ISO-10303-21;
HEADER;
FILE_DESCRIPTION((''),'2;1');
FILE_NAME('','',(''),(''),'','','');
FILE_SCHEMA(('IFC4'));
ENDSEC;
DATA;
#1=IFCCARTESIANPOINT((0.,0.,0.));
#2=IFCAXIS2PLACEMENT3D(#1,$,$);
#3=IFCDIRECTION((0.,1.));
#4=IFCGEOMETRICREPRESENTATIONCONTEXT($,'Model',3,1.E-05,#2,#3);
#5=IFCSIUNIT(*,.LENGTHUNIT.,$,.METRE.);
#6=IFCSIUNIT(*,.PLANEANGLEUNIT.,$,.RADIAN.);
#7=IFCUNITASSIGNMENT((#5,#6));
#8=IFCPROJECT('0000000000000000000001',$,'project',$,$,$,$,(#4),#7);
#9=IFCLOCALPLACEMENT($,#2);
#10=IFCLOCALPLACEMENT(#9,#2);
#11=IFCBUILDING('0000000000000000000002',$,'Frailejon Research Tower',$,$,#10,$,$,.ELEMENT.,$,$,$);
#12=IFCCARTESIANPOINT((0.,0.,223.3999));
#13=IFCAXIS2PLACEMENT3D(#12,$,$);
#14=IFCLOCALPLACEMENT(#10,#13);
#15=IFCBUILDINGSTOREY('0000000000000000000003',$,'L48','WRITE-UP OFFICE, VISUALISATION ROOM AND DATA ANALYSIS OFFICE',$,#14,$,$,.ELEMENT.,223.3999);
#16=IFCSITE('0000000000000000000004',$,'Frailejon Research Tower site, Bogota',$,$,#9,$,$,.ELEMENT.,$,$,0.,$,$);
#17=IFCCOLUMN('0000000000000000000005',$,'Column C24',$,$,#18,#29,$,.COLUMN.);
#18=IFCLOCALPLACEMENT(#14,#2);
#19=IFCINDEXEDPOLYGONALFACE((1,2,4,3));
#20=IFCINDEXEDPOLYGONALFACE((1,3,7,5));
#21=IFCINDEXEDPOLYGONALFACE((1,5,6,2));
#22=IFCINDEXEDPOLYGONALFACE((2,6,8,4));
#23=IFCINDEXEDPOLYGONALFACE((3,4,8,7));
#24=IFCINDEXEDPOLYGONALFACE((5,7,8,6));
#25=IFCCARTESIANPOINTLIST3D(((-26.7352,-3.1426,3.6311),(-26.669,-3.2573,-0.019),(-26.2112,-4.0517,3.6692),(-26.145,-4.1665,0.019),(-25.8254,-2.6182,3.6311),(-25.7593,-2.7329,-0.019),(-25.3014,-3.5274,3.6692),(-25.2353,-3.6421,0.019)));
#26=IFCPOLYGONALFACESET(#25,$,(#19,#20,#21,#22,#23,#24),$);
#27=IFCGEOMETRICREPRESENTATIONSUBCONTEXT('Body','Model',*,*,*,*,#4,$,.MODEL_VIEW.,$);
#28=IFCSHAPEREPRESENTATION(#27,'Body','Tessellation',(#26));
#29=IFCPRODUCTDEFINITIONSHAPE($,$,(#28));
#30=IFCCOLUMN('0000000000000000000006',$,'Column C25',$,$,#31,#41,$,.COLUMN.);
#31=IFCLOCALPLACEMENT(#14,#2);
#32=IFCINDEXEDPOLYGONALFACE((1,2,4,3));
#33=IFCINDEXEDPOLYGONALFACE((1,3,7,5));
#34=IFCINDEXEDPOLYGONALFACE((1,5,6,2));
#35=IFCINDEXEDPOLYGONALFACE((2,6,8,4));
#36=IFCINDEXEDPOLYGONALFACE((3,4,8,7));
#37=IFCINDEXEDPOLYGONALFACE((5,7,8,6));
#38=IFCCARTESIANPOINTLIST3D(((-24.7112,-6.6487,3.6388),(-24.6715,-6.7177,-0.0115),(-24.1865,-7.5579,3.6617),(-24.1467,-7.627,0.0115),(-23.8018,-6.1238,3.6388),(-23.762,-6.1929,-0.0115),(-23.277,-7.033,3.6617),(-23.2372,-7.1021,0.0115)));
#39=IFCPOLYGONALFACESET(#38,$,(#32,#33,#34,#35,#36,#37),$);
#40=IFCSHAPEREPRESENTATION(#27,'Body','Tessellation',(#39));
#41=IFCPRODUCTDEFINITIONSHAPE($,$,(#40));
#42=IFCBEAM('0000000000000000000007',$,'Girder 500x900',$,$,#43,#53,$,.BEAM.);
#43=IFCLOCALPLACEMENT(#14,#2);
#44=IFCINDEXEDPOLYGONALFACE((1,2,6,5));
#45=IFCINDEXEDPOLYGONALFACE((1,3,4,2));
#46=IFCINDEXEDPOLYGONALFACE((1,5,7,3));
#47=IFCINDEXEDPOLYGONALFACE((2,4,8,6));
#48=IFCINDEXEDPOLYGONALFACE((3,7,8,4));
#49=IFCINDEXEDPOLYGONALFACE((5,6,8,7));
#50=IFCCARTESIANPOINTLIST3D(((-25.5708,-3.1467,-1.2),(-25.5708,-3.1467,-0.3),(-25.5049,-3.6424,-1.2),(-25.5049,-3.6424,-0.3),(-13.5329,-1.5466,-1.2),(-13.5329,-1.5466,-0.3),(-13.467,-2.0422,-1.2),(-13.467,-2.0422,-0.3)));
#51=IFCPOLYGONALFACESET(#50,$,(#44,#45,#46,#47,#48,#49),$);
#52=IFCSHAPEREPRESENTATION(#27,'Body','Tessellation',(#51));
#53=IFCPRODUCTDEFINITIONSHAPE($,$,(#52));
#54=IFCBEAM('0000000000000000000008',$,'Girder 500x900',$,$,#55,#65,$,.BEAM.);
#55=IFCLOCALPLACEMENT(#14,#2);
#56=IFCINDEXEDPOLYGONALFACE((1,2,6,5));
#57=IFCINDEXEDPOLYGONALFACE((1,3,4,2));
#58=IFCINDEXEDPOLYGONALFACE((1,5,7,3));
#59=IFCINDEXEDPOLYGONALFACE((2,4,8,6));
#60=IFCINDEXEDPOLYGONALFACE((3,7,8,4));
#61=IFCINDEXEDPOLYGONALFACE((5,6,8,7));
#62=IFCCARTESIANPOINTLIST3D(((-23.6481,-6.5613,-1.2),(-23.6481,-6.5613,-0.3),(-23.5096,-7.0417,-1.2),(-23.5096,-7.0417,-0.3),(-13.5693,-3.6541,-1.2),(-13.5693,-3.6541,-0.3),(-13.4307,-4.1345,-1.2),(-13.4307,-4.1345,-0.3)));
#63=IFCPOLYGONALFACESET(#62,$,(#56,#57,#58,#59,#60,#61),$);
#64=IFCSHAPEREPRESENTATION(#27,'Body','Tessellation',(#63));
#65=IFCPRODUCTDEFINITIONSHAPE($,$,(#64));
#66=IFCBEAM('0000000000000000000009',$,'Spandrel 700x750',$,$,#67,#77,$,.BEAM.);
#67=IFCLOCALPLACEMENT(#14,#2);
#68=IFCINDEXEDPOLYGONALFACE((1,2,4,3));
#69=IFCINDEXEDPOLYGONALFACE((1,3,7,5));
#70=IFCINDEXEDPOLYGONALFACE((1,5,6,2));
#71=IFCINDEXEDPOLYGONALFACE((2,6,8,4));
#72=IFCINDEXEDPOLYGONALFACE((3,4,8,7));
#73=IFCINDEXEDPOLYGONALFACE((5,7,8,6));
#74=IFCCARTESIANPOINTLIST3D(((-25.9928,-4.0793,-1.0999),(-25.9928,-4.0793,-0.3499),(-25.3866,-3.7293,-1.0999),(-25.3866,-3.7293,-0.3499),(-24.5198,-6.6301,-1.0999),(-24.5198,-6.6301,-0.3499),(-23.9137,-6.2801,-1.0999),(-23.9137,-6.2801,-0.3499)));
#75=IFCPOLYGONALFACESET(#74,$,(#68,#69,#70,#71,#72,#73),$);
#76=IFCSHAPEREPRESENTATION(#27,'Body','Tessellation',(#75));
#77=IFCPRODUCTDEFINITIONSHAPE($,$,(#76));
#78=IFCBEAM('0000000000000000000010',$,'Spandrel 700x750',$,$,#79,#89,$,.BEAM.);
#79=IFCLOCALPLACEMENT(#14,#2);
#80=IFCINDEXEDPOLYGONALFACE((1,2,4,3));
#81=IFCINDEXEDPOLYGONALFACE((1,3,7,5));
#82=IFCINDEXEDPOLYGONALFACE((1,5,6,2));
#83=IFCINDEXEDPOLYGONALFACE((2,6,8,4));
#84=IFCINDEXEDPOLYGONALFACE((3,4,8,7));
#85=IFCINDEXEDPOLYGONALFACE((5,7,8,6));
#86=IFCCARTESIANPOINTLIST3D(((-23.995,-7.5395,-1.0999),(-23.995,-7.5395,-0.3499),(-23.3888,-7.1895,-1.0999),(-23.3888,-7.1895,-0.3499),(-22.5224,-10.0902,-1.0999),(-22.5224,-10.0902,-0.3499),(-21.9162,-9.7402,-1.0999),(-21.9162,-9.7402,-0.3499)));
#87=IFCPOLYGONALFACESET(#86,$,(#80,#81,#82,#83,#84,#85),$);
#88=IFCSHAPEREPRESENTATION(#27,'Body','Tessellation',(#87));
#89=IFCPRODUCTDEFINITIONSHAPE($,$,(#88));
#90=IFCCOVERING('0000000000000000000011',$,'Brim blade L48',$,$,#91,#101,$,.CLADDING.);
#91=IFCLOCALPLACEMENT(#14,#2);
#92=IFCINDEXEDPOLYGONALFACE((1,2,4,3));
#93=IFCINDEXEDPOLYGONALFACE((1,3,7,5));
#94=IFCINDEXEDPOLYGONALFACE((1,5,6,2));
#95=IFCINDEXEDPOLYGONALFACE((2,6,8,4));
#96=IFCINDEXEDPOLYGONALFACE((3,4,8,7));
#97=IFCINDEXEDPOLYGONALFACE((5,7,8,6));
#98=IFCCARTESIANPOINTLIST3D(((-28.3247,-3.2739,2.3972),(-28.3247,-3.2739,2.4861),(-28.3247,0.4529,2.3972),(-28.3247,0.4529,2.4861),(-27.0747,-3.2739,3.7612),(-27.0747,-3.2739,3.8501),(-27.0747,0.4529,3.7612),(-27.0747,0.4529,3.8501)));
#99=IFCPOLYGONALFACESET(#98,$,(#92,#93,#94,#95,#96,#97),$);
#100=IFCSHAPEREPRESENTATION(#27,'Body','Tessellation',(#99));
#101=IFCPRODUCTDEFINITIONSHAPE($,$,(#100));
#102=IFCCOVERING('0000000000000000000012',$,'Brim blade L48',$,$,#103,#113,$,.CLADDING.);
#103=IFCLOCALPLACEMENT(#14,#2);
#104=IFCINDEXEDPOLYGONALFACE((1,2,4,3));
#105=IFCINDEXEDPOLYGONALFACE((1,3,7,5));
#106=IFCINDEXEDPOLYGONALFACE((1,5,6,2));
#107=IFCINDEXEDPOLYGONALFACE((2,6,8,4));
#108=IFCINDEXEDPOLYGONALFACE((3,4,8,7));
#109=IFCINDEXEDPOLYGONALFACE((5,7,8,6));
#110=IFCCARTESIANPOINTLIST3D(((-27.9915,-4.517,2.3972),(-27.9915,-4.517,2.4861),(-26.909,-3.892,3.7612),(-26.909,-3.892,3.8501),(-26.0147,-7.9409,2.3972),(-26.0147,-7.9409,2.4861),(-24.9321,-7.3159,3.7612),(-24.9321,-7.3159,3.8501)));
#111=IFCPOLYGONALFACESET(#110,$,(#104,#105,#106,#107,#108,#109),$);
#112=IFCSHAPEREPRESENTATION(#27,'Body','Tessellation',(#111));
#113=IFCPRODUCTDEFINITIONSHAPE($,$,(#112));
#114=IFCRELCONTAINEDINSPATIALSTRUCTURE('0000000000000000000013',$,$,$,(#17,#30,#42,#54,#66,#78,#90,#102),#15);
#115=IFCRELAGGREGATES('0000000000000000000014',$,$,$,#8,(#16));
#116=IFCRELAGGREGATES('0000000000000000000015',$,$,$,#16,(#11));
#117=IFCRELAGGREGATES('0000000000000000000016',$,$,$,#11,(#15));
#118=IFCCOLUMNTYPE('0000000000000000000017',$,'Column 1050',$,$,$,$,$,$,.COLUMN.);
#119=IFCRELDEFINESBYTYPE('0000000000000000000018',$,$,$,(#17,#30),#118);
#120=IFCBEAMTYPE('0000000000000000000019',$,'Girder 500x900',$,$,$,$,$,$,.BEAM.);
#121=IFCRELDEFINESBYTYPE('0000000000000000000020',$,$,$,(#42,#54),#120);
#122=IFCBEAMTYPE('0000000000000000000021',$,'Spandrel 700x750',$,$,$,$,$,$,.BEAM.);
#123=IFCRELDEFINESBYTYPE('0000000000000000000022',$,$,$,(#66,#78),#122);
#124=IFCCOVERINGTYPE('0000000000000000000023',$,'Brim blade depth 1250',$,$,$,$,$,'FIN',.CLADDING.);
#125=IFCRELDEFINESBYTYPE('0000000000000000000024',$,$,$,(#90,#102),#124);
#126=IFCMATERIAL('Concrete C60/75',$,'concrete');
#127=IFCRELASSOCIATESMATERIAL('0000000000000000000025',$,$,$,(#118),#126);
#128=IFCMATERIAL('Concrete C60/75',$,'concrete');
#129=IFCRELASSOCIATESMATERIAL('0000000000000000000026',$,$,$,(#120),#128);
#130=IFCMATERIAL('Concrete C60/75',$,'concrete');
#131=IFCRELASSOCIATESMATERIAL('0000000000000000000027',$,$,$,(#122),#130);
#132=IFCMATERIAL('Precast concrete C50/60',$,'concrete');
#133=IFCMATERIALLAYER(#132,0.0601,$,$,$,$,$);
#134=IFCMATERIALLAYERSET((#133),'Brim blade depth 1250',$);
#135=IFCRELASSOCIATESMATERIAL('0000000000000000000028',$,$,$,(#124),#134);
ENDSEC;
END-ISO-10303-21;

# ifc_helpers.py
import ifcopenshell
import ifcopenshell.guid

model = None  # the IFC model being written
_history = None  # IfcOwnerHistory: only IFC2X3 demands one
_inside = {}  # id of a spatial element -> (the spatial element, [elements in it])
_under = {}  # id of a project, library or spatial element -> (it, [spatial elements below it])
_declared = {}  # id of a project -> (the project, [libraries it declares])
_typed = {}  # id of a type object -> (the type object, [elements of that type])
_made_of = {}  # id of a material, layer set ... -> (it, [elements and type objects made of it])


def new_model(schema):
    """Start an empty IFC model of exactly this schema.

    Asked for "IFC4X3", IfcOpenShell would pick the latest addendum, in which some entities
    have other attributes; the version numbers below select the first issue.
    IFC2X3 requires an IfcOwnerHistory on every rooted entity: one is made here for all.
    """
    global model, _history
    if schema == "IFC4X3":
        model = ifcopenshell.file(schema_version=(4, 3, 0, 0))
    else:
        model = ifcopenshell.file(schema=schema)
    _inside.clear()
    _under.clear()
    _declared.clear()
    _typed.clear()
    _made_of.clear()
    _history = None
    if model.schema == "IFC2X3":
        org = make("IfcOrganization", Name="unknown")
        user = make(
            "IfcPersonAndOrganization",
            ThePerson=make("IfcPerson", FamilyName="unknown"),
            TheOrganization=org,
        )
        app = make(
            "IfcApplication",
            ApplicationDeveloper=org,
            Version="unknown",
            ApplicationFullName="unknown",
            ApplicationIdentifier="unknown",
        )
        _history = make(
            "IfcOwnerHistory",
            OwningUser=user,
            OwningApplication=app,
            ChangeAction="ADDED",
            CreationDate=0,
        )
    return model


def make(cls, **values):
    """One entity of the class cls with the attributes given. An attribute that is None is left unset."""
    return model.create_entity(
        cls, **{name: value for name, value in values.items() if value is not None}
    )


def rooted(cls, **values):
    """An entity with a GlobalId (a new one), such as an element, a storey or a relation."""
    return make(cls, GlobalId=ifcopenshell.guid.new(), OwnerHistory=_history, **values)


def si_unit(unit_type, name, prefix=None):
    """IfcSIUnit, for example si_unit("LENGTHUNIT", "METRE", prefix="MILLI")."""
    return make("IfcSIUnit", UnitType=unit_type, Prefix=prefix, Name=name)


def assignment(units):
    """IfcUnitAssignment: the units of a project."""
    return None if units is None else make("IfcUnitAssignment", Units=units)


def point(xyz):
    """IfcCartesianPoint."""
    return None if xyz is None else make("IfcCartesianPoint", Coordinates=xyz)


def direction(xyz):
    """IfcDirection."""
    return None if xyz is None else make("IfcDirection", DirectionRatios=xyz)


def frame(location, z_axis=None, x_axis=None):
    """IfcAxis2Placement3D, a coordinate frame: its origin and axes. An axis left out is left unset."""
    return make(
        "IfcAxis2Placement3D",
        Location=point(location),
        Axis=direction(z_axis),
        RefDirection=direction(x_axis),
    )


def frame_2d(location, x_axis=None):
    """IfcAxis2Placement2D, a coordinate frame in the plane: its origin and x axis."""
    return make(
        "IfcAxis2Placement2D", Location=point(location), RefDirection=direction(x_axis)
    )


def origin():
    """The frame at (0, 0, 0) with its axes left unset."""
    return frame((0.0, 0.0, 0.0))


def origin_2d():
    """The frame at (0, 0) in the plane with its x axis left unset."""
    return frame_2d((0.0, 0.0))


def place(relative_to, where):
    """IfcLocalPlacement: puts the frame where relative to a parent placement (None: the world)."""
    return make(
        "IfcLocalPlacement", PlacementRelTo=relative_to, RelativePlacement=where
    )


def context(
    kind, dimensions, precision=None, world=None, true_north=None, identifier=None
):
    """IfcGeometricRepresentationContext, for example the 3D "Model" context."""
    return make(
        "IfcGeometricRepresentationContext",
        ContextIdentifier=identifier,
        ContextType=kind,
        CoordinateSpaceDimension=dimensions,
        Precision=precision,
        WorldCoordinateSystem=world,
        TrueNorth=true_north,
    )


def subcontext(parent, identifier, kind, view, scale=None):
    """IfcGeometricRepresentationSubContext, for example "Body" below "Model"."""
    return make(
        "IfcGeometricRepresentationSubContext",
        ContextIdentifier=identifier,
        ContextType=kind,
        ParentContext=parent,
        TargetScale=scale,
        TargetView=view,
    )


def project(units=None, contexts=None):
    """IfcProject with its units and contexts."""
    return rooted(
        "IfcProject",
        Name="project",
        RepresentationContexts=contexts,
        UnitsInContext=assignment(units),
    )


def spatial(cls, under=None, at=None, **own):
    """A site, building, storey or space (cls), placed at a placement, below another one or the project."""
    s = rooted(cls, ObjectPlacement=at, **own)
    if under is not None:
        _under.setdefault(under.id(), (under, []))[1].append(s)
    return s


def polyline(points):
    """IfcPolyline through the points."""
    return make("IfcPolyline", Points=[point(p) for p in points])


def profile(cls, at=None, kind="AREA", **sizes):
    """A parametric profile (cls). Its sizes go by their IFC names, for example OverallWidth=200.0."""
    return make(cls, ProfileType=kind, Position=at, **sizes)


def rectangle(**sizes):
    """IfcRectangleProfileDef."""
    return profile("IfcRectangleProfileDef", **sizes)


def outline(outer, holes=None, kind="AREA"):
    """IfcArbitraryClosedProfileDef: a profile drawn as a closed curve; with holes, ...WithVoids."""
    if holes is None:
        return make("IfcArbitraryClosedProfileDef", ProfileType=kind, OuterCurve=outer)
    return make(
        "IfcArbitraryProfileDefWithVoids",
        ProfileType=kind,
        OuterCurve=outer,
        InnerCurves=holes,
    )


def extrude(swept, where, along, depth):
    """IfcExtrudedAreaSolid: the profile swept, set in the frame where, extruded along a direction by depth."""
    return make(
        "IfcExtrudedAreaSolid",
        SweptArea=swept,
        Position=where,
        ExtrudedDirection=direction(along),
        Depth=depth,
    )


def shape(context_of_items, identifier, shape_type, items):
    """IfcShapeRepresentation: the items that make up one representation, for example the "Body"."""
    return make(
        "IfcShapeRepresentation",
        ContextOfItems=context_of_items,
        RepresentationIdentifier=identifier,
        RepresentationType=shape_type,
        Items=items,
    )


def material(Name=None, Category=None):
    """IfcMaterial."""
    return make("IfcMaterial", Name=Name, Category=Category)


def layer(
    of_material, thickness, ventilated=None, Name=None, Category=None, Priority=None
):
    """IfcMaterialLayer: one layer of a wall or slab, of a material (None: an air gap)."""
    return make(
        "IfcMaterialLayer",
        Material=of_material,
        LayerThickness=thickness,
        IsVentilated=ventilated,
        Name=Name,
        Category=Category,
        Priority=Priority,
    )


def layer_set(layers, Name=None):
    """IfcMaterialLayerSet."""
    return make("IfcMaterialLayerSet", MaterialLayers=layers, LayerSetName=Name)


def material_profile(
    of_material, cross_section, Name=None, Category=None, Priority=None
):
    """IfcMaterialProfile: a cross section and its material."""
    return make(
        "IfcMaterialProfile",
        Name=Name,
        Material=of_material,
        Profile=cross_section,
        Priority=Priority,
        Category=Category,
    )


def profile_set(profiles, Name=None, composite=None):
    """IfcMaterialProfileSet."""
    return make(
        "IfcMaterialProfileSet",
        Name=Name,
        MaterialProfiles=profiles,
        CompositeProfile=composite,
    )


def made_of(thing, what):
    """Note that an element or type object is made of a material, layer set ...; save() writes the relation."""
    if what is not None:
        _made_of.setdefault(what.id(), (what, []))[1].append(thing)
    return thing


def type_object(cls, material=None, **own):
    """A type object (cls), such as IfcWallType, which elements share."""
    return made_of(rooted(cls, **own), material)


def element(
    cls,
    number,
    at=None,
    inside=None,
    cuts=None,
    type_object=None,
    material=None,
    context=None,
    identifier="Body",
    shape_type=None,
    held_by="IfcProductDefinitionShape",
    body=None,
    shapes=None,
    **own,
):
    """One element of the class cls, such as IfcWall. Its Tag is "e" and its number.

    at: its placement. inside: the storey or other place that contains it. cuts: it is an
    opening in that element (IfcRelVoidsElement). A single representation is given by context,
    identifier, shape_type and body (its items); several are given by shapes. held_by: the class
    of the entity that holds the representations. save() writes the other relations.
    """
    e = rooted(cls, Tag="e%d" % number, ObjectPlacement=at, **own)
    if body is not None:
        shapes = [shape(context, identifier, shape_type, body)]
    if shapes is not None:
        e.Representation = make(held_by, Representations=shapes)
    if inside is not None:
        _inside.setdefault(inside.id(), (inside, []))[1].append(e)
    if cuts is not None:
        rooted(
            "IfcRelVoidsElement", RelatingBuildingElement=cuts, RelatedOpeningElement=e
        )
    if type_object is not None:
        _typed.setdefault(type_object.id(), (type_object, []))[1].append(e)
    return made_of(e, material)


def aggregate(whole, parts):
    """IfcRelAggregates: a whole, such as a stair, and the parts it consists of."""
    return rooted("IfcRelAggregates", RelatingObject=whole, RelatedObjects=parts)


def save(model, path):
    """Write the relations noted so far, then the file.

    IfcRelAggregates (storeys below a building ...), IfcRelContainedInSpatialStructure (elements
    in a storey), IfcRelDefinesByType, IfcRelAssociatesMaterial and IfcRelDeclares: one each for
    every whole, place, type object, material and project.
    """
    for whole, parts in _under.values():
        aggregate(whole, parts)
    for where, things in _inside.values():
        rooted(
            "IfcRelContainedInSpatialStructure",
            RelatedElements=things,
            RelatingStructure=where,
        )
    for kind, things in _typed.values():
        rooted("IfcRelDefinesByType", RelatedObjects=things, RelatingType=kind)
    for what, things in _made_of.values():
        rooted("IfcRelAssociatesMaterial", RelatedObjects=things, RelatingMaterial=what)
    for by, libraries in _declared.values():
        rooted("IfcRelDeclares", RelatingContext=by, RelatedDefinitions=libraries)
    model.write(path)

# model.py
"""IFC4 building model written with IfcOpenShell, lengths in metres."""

from ifc_helpers import new_model, si_unit, direction, frame, origin, origin_2d, place, context, subcontext, project, spatial, polyline, rectangle, outline, extrude, material, layer, layer_set, material_profile, profile_set, type_object, element, save


model = new_model("IFC4")

# Units and contexts
model_context = context("Model", 3, precision=1e-05, world=origin(), true_north=direction((0.0, 1.0)))
body_context = subcontext(model_context, "Body", "Model", "MODEL_VIEW")
ifc_project = project(units=[si_unit("LENGTHUNIT", "METRE"), si_unit("PLANEANGLEUNIT", "RADIAN")], contexts=[model_context])

# Site, building, storey
site_placement = place(None, origin())
site = spatial("IfcSite", under=ifc_project, at=site_placement, Name="Frailejon Research Tower site, Bogota", CompositionType="ELEMENT", RefElevation=0.0)
building_placement = place(site_placement, origin())
building = spatial("IfcBuilding", under=site, at=building_placement, Name="Frailejon Research Tower", CompositionType="ELEMENT")
storey_placement = place(building_placement, frame((0.0, 0.0, 223.3999)))
storey = spatial("IfcBuildingStorey", under=building, at=storey_placement, Name="L48", Description="WRITE-UP OFFICE, VISUALISATION ROOM AND DATA ANALYSIS OFFICE", CompositionType="ELEMENT", Elevation=223.3999)

# Columns
ifc_material_1 = material(Name="Concrete C60/75", Category="concrete")
ifc_material_profile_1 = material_profile(ifc_material_1, rectangle(XDim=1.05, YDim=1.05, at=origin_2d()), Name="Column 1050")
ifc_profile_set_1 = profile_set([ifc_material_profile_1], Name="Concrete C60/75")
column_type = type_object("IfcColumnType", Name="Column 1050", PredefinedType="COLUMN", material=ifc_profile_set_1)
column_1_placement = place(storey_placement, frame((-25.9521, -3.4497, 0.0), z_axis=(-0.018114, 0.031415, 0.999342), x_axis=(0.499041, -0.86582, 0.036263)))
element("IfcColumn", 1, at=column_1_placement, inside=storey, type_object=column_type, Name="Column C24", PredefinedType="COLUMN", context=body_context, shape_type="SweptSolid", body=[
    extrude(rectangle(XDim=1.05, YDim=1.05, at=origin_2d()), origin(), (0.0, 0.0, 1.0), 3.6526),
])
column_2_placement = place(storey_placement, frame((-23.9543, -6.9099, 0.0), z_axis=(-0.0109, 0.018924, 0.999762), x_axis=(0.499759, -0.865889, 0.021838)))
element("IfcColumn", 2, at=column_2_placement, inside=storey, type_object=column_type, Name="Column C25", PredefinedType="COLUMN", context=body_context, shape_type="SweptSolid", body=[
    extrude(rectangle(XDim=1.05, YDim=1.05, at=origin_2d()), origin(), (0.0, 0.0, 1.0), 3.6511),
])

# Beams
ifc_material_2 = material(Name="Concrete C60/75", Category="concrete")
ifc_material_profile_2 = material_profile(ifc_material_2, rectangle(XDim=0.5, YDim=0.8999, at=origin_2d()), Name="Girder 500x900")
ifc_profile_set_2 = profile_set([ifc_material_profile_2], Name="Concrete C60/75")
beam_type_1 = type_object("IfcBeamType", Name="Girder 500x900", PredefinedType="BEAM", material=ifc_profile_set_2)
beam_1_placement = place(storey_placement, frame((-25.5378, -3.3945, -0.75), z_axis=(0.991281, 0.131763, 0.0), x_axis=(-0.131763, 0.991281, 0.0)))
element("IfcBeam", 3, at=beam_1_placement, inside=storey, type_object=beam_type_1, Name="Girder 500x900", PredefinedType="BEAM", context=body_context, shape_type="SweptSolid", body=[
    extrude(rectangle(XDim=0.5, YDim=0.8999, at=origin_2d()), origin(), (0.0, 0.0, 1.0), 12.1438),
])
beam_2_placement = place(storey_placement, frame((-23.5789, -6.8015, -0.75), z_axis=(0.960827, 0.277149, 0.0), x_axis=(-0.277149, 0.960827, 0.0)))
element("IfcBeam", 4, at=beam_2_placement, inside=storey, type_object=beam_type_1, Name="Girder 500x900", PredefinedType="BEAM", context=body_context, shape_type="SweptSolid", body=[
    extrude(rectangle(XDim=0.5, YDim=0.8999, at=origin_2d()), origin(), (0.0, 0.0, 1.0), 10.4897),
])
ifc_material_3 = material(Name="Concrete C60/75", Category="concrete")
ifc_material_profile_3 = material_profile(ifc_material_3, rectangle(XDim=0.7, YDim=0.75, at=origin_2d()), Name="Spandrel 700x750")
ifc_profile_set_3 = profile_set([ifc_material_profile_3], Name="Concrete C60/75")
beam_type_2 = type_object("IfcBeamType", Name="Spandrel 700x750", PredefinedType="BEAM", material=ifc_profile_set_3)
beam_3_placement = place(storey_placement, frame((-25.6897, -3.9043, -0.7249), z_axis=(0.500052, -0.865995, 0.0), x_axis=(0.865995, 0.500052, 0.0)))
element("IfcBeam", 5, at=beam_3_placement, inside=storey, type_object=beam_type_2, Name="Spandrel 700x750", PredefinedType="BEAM", context=body_context, shape_type="SweptSolid", body=[
    extrude(rectangle(XDim=0.7, YDim=0.75, at=origin_2d()), origin(), (0.0, 0.0, 1.0), 2.9456),
])
beam_4_placement = place(storey_placement, frame((-23.6919, -7.3645, -0.7249), z_axis=(0.49999, -0.866031, 0.0), x_axis=(0.866031, 0.49999, 0.0)))
element("IfcBeam", 6, at=beam_4_placement, inside=storey, type_object=beam_type_2, Name="Spandrel 700x750", PredefinedType="BEAM", context=body_context, shape_type="SweptSolid", body=[
    extrude(rectangle(XDim=0.7, YDim=0.75, at=origin_2d()), origin(), (0.0, 0.0, 1.0), 2.9453),
])

# Coverings
ifc_material_4 = material(Name="Precast concrete C50/60", Category="concrete")
ifc_layer = layer(ifc_material_4, 0.0601)
ifc_layer_set = layer_set([ifc_layer], Name="Brim blade depth 1250")
covering_type = type_object("IfcCoveringType", Name="Brim blade depth 1250", ElementType="FIN", PredefinedType="CLADDING", material=ifc_layer_set)
covering_1_placement = place(storey_placement, frame((-27.0747, -3.2739, 3.8501), z_axis=(0.0, 1.0, 0.0), x_axis=(-1.0, 0.0, 0.0)))
element("IfcCovering", 7, at=covering_1_placement, inside=storey, type_object=covering_type, Name="Brim blade L48", PredefinedType="CLADDING", context=body_context, shape_type="SweptSolid", body=[
    extrude(outline(polyline([(0.0, -0.0889), (1.25, -1.4529), (1.25, -1.364), (0.0, 0.0), (0.0, -0.0889)])), origin(), (0.0, 0.0, 1.0), 3.7268),
])
covering_2_placement = place(storey_placement, frame((-24.9321, -7.3159, 3.8501), z_axis=(-0.500013, 0.866018, 0.0), x_axis=(-0.866018, -0.500013, 0.0)))
element("IfcCovering", 8, at=covering_2_placement, inside=storey, type_object=covering_type, Name="Brim blade L48", PredefinedType="CLADDING", context=body_context, shape_type="SweptSolid", body=[
    extrude(outline(polyline([(0.0, -0.0889), (1.25, -1.4529), (1.25, -1.364), (0.0, 0.0), (0.0, -0.0889)])), origin(), (0.0, 0.0, 1.0), 3.9536),
])

save(model, "model.ifc")
